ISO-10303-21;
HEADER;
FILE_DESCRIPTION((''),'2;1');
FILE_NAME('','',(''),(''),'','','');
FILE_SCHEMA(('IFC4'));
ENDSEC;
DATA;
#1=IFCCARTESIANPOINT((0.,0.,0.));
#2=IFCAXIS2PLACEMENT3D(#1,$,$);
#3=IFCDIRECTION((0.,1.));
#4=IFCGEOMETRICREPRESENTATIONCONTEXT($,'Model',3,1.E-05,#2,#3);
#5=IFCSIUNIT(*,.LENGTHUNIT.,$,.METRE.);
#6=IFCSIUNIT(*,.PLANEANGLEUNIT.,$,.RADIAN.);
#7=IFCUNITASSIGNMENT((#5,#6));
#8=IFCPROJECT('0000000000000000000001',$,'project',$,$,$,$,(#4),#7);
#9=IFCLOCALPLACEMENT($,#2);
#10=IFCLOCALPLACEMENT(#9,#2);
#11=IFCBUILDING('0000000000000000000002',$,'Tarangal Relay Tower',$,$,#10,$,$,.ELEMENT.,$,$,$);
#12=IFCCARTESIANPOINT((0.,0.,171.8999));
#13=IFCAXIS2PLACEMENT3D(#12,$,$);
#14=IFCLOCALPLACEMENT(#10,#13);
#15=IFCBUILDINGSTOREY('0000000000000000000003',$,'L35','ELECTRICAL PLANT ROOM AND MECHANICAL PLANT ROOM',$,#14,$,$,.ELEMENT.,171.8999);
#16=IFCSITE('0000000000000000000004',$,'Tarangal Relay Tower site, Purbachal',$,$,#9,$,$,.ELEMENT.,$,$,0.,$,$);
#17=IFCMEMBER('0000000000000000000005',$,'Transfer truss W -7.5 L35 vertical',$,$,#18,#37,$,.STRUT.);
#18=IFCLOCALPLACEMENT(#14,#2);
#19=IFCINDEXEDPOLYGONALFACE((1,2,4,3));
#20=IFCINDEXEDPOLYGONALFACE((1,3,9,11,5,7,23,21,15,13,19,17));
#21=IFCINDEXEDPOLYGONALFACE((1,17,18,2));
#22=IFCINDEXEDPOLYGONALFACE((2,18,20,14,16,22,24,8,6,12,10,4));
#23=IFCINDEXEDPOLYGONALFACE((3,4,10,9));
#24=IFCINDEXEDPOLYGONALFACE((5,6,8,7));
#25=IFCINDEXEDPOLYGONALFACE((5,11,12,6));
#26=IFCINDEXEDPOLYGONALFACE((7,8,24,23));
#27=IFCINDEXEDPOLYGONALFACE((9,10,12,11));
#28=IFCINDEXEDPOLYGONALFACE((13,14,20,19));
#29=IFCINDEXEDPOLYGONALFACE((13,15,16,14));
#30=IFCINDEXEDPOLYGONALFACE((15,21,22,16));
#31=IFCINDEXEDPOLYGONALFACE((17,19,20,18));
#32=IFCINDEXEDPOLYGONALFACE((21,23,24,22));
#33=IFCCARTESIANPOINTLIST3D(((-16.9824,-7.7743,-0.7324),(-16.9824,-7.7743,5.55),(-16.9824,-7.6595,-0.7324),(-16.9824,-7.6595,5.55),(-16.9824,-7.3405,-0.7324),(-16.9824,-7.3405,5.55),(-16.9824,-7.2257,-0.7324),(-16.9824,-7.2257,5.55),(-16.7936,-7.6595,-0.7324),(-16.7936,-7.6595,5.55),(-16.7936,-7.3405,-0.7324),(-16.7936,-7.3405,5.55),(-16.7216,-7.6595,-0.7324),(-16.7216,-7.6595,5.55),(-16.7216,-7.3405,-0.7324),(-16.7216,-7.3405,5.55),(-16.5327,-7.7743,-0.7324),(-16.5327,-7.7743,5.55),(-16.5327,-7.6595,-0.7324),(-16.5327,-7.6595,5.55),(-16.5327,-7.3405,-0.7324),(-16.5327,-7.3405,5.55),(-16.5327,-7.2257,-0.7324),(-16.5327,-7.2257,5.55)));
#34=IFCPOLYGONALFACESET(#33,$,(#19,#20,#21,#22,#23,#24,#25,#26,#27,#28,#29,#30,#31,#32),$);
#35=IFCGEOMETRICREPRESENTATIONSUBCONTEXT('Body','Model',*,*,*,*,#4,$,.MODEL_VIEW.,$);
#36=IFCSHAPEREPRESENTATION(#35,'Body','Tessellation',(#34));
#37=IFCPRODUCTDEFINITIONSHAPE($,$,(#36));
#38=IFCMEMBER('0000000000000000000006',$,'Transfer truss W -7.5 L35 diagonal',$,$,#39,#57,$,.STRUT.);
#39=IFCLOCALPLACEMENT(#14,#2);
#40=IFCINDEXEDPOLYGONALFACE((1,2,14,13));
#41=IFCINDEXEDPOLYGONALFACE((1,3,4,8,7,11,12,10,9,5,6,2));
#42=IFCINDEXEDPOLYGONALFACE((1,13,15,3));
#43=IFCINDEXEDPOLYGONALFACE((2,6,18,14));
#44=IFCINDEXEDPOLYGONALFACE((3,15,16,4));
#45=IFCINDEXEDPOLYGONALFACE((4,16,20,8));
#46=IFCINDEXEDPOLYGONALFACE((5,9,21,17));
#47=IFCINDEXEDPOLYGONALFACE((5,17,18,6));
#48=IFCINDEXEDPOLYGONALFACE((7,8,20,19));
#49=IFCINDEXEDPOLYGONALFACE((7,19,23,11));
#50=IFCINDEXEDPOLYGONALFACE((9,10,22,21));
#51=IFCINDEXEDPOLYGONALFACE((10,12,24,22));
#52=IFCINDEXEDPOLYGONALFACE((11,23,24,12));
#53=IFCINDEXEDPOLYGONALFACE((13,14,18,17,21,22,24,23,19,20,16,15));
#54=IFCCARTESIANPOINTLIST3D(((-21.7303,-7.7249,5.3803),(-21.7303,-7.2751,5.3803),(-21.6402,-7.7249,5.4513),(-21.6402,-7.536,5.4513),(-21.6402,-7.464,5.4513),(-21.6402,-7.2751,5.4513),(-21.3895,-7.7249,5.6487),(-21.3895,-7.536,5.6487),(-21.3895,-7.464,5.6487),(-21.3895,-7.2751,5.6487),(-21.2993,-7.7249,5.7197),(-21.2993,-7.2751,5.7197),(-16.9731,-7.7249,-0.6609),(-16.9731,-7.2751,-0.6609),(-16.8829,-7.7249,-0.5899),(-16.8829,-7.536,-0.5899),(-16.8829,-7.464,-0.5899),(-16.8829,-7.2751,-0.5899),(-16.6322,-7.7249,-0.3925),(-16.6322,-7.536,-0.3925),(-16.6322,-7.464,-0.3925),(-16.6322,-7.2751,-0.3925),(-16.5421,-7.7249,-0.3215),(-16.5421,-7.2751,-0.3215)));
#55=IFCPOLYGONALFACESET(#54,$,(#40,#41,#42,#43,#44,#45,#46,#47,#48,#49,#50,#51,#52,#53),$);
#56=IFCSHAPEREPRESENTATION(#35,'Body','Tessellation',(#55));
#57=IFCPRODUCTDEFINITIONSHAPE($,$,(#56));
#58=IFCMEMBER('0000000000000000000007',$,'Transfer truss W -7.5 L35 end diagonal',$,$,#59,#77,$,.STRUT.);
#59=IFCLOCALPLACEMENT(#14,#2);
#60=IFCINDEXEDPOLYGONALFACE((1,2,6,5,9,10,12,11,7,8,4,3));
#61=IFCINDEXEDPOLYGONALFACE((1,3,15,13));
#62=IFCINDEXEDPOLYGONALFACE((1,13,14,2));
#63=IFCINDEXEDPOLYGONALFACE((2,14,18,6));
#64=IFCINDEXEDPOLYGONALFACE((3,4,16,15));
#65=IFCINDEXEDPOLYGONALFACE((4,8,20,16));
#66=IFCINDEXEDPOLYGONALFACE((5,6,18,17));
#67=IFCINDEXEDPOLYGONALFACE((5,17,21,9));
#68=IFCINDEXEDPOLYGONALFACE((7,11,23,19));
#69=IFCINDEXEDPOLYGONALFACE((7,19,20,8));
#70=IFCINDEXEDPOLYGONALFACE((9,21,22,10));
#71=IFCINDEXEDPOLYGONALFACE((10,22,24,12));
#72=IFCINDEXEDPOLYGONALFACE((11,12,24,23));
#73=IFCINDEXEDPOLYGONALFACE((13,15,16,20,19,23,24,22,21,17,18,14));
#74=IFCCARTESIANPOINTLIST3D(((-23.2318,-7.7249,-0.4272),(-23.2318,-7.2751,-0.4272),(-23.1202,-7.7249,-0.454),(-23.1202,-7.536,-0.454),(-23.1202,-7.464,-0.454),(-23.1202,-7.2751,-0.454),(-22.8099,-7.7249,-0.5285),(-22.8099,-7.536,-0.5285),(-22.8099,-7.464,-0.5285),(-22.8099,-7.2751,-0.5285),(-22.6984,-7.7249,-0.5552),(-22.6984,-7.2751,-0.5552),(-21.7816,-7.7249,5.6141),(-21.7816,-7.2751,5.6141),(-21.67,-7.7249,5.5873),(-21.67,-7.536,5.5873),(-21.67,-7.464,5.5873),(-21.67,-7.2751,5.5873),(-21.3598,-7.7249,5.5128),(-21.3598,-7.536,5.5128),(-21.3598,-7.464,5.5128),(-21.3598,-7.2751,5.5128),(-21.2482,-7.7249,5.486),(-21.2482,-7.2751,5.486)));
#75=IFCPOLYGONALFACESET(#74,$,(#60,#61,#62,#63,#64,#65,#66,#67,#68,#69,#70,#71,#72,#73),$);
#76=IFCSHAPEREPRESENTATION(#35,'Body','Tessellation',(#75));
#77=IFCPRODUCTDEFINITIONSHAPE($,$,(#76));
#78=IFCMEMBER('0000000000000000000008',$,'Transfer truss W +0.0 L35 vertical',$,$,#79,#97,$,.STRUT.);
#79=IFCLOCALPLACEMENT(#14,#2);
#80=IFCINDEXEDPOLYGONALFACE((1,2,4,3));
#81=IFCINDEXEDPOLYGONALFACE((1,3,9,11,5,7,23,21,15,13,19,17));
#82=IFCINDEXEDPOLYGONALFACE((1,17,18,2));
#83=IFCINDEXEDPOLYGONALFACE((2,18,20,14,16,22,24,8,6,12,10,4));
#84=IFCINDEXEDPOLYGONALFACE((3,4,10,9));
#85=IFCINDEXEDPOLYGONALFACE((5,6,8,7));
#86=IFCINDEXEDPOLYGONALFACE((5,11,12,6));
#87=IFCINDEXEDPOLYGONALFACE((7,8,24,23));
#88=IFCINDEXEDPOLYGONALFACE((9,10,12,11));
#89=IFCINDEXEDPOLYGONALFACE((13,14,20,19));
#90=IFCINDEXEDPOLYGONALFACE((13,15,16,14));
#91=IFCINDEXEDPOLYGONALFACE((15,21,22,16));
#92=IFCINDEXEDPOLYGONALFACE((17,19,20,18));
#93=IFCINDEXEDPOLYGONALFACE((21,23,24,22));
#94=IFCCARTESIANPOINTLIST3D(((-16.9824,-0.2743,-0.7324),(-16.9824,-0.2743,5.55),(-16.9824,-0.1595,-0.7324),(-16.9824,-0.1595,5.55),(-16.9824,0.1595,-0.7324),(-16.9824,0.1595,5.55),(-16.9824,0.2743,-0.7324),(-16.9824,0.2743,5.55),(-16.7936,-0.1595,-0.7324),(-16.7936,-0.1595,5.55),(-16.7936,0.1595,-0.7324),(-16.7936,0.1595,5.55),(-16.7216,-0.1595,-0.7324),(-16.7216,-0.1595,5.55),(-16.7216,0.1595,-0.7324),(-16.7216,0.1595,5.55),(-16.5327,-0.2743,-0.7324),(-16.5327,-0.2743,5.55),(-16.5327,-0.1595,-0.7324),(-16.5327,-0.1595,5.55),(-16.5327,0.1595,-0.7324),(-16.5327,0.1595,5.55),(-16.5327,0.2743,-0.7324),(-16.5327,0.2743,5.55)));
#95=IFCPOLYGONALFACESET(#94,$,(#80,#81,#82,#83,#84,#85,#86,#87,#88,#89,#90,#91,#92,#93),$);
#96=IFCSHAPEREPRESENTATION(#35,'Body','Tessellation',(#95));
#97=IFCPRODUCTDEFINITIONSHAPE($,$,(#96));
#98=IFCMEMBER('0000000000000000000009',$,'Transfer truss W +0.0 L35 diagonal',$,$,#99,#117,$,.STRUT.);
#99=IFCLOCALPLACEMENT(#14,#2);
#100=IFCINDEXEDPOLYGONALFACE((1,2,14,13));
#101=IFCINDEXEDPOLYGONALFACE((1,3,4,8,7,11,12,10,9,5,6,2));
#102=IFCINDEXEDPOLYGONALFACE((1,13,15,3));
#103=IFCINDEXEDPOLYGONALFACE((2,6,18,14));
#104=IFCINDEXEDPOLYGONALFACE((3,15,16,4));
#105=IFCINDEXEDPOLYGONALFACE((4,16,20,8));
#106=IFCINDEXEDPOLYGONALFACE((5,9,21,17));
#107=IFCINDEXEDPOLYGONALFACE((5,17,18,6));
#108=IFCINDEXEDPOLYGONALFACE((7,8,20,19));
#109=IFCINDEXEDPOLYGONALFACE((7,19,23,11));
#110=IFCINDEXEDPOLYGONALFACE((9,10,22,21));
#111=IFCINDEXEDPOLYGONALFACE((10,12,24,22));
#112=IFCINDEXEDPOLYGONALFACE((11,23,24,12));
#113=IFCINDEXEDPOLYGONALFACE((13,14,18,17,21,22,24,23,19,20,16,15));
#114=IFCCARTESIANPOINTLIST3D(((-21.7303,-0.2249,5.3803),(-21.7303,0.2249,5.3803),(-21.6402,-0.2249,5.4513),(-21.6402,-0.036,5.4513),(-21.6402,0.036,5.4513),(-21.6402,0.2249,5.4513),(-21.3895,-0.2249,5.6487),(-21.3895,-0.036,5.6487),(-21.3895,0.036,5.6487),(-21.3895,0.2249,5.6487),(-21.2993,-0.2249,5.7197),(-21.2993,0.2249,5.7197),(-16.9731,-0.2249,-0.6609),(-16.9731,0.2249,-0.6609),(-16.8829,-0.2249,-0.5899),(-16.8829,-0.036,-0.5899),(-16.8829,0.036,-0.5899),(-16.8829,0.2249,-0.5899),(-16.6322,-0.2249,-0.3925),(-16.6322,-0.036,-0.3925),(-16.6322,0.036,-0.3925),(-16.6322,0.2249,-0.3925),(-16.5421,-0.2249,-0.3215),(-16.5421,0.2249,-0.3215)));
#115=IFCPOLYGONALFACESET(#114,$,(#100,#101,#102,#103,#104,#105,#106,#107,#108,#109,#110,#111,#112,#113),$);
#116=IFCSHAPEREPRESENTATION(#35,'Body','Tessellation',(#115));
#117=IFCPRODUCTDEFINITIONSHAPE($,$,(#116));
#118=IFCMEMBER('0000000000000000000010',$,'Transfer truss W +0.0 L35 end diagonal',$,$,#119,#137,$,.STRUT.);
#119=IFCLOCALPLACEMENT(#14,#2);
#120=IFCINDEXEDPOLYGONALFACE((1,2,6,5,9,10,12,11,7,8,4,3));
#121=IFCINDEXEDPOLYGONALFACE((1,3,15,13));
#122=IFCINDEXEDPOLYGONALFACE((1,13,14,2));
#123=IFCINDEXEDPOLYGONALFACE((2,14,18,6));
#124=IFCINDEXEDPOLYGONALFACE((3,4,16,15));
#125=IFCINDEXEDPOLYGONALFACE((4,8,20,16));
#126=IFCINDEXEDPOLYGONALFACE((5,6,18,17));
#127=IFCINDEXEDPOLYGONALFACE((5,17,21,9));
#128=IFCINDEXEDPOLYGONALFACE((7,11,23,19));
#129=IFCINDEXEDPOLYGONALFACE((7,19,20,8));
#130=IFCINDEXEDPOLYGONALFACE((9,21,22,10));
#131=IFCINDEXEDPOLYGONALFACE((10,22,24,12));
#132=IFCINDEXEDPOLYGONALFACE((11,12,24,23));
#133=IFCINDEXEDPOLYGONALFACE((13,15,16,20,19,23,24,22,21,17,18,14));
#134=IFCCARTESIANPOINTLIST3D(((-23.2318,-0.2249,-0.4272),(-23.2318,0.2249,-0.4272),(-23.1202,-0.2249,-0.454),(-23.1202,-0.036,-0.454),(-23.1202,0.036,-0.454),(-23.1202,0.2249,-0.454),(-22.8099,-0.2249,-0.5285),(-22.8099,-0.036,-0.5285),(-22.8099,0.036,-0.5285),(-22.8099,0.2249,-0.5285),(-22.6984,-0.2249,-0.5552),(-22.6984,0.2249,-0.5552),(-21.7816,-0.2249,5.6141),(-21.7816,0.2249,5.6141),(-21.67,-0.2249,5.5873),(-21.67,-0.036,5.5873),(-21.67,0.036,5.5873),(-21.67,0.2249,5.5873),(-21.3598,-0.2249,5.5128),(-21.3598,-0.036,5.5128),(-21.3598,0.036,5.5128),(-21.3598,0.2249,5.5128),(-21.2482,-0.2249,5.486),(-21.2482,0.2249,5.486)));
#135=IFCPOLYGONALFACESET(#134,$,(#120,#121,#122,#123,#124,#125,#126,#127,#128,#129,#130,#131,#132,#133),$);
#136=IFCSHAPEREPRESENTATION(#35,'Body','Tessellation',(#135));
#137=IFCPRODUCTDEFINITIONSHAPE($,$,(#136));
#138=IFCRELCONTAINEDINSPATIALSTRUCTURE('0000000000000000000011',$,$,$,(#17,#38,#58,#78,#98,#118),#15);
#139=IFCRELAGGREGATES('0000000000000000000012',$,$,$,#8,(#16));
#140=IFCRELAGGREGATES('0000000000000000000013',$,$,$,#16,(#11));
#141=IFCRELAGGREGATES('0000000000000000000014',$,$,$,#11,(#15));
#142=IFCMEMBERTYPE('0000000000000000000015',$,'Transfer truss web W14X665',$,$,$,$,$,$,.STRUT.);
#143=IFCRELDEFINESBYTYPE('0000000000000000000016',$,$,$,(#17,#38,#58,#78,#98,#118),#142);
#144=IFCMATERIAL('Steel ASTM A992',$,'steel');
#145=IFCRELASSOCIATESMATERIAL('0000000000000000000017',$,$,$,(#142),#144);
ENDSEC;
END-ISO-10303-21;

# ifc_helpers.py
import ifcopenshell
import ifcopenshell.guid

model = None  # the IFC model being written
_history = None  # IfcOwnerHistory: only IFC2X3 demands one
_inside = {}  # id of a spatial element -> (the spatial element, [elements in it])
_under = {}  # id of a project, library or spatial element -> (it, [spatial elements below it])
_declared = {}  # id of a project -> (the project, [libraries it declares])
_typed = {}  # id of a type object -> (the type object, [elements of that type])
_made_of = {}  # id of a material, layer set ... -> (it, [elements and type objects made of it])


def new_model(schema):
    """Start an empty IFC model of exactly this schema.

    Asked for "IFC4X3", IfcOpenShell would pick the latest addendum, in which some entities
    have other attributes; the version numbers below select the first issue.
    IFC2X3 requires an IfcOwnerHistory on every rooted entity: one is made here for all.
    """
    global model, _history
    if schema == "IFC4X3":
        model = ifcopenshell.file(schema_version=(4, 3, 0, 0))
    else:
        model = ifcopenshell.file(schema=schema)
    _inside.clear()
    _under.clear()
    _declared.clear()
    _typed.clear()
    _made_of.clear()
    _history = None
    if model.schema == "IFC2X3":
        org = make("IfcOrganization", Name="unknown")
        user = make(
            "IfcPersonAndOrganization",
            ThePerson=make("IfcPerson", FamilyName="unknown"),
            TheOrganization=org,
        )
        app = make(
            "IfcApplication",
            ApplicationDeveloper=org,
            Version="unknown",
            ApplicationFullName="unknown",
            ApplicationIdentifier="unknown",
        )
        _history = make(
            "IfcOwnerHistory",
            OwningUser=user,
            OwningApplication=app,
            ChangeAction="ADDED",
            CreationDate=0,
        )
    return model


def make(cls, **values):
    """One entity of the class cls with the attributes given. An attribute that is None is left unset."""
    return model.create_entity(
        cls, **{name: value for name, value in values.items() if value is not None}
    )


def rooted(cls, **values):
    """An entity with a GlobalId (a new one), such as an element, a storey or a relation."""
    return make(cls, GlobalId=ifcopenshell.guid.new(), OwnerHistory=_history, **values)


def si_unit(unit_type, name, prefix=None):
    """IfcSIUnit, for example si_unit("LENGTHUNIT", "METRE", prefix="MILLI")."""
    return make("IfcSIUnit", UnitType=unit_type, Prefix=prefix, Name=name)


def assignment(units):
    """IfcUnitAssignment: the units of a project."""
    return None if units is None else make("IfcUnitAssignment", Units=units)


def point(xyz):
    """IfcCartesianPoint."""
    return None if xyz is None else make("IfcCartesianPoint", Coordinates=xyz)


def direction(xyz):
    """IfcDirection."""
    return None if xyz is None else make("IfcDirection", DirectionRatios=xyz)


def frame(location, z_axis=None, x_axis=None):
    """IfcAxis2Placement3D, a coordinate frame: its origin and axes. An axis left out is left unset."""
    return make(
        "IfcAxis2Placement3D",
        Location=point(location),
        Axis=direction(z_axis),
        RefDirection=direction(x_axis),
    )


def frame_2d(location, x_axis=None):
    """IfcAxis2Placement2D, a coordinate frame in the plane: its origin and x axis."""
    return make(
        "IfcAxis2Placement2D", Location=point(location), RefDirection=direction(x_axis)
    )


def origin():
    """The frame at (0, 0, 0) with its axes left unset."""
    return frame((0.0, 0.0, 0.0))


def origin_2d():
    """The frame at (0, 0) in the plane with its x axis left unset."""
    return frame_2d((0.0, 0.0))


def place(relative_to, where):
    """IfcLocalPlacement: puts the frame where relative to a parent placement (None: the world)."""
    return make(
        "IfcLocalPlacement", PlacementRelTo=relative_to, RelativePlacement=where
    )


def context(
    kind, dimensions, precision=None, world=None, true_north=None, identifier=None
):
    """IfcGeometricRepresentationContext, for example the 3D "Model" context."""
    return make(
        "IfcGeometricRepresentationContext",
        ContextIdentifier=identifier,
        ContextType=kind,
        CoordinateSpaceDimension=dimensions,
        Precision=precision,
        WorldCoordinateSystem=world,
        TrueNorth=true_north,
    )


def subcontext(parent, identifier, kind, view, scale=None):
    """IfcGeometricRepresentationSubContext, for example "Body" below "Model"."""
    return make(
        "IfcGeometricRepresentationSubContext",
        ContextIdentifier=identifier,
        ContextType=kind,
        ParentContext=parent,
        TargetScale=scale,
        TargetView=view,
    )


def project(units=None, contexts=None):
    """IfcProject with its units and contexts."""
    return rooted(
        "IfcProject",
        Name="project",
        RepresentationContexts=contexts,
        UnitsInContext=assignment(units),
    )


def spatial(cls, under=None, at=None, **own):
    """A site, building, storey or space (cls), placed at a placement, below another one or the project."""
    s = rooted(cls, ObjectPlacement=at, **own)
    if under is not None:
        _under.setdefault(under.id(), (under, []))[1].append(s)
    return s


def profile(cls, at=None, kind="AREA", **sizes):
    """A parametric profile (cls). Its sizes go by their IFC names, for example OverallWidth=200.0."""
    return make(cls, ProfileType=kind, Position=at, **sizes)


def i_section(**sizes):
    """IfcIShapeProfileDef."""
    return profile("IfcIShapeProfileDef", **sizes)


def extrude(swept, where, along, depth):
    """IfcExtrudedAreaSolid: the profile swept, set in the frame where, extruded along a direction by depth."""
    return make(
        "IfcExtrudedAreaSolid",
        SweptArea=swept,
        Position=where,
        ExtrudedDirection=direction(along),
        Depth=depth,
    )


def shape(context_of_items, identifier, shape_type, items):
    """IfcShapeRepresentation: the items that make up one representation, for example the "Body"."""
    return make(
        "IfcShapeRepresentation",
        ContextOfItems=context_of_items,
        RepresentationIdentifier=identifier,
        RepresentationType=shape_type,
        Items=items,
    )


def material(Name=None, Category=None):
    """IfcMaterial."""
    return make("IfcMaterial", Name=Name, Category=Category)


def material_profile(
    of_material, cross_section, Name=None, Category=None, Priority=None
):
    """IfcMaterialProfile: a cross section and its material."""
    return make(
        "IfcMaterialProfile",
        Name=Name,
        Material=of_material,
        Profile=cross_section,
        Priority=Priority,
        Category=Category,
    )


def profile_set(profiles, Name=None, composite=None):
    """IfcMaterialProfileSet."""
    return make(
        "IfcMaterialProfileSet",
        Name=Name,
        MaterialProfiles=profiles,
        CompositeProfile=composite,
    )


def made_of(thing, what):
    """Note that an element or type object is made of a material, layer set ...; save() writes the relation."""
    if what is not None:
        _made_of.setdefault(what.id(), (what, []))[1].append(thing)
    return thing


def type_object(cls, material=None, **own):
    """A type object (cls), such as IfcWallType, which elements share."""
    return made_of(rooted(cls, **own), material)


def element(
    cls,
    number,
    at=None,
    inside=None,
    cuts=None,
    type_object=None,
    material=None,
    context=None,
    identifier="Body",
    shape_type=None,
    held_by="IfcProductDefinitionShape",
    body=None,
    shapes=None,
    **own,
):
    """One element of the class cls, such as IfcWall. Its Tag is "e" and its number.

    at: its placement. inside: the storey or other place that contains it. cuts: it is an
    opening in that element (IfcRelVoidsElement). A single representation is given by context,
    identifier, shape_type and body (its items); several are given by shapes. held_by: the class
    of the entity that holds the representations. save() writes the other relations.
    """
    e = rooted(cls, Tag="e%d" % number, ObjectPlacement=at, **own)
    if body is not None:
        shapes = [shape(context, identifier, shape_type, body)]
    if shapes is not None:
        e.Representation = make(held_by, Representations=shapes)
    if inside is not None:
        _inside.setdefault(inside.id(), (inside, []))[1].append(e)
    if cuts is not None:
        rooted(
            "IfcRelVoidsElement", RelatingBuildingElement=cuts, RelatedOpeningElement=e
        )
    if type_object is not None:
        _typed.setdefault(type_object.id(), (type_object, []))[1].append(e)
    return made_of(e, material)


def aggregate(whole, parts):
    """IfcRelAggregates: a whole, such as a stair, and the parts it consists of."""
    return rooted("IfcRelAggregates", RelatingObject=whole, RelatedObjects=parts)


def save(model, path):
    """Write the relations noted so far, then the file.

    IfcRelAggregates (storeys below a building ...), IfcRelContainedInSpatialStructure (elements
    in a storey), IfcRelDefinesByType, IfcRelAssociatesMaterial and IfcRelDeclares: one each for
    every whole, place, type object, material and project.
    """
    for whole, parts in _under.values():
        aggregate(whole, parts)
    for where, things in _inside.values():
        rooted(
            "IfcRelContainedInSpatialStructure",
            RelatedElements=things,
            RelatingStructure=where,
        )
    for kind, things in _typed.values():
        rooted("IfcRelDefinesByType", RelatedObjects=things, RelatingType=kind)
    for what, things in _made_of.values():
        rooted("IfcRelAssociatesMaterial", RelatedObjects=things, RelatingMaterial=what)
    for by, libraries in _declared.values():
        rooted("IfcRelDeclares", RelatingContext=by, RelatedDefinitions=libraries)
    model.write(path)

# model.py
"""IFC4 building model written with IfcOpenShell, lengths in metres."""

from ifc_helpers import new_model, si_unit, direction, frame, origin, origin_2d, place, context, subcontext, project, spatial, i_section, extrude, material, material_profile, profile_set, type_object, element, save


model = new_model("IFC4")

# Units and contexts
model_context = context("Model", 3, precision=1e-05, world=origin(), true_north=direction((0.0, 1.0)))
body_context = subcontext(model_context, "Body", "Model", "MODEL_VIEW")
ifc_project = project(units=[si_unit("LENGTHUNIT", "METRE"), si_unit("PLANEANGLEUNIT", "RADIAN")], contexts=[model_context])

# Site, building, storey
site_placement = place(None, origin())
site = spatial("IfcSite", under=ifc_project, at=site_placement, Name="Tarangal Relay Tower site, Purbachal", CompositionType="ELEMENT", RefElevation=0.0)
building_placement = place(site_placement, origin())
building = spatial("IfcBuilding", under=site, at=building_placement, Name="Tarangal Relay Tower", CompositionType="ELEMENT")
storey_placement = place(building_placement, frame((0.0, 0.0, 171.8999)))
storey = spatial("IfcBuildingStorey", under=building, at=storey_placement, Name="L35", Description="ELECTRICAL PLANT ROOM AND MECHANICAL PLANT ROOM", CompositionType="ELEMENT", Elevation=171.8999)

# Shared definitions
ifc_material_1 = material(Name="Steel ASTM A992", Category="steel")

# Members
ifc_material_profile_1 = material_profile(ifc_material_1, i_section(OverallWidth=0.4497, OverallDepth=0.5486, WebThickness=0.072, FlangeThickness=0.1147, at=origin_2d()), Name="W14X665")
ifc_profile_set_1 = profile_set([ifc_material_profile_1], Name="Steel ASTM A992")
member_type_1 = type_object("IfcMemberType", Name="Transfer truss web W14X665", PredefinedType="STRUT", material=ifc_profile_set_1)
member_1_placement = place(storey_placement, frame((-16.7576, -7.5, -0.7324), z_axis=(0.0, 0.0, 1.0), x_axis=(1.0, 0.0, 0.0)))
element("IfcMember", 1, at=member_1_placement, inside=storey, type_object=member_type_1, Name="Transfer truss W -7.5 L35 vertical", PredefinedType="STRUT", context=body_context, shape_type="SweptSolid", body=[
    extrude(i_section(OverallWidth=0.4497, OverallDepth=0.5486, WebThickness=0.072, FlangeThickness=0.1147, at=origin_2d()), origin(), (0.0, 0.0, 1.0), 6.2825),
])
member_2_placement = place(storey_placement, frame((-16.7576, -7.5, -0.4912), z_axis=(-0.618675, 0.0, 0.785647), x_axis=(0.0, -1.0, 0.0)))
element("IfcMember", 2, at=member_2_placement, inside=storey, type_object=member_type_1, Name="Transfer truss W -7.5 L35 diagonal", PredefinedType="STRUT", context=body_context, shape_type="SweptSolid", body=[
    extrude(i_section(OverallWidth=0.4497, OverallDepth=0.5486, WebThickness=0.072, FlangeThickness=0.1147, at=origin_2d()), origin(), (0.0, 0.0, 1.0), 7.6895),
])
member_3_placement = place(storey_placement, frame((-22.9651, -7.5, -0.4912), z_axis=(0.233418, 0.0, 0.972377), x_axis=(0.0, 1.0, 0.0)))
element("IfcMember", 3, at=member_3_placement, inside=storey, type_object=member_type_1, Name="Transfer truss W -7.5 L35 end diagonal", PredefinedType="STRUT", context=body_context, shape_type="SweptSolid", body=[
    extrude(i_section(OverallWidth=0.4497, OverallDepth=0.5486, WebThickness=0.072, FlangeThickness=0.1147, at=origin_2d()), origin(), (0.0, 0.0, 1.0), 6.2129),
])
member_4_placement = place(storey_placement, frame((-16.7576, 0.0, -0.7324), z_axis=(0.0, 0.0, 1.0), x_axis=(1.0, 0.0, 0.0)))
element("IfcMember", 4, at=member_4_placement, inside=storey, type_object=member_type_1, Name="Transfer truss W +0.0 L35 vertical", PredefinedType="STRUT", context=body_context, shape_type="SweptSolid", body=[
    extrude(i_section(OverallWidth=0.4497, OverallDepth=0.5486, WebThickness=0.072, FlangeThickness=0.1147, at=origin_2d()), origin(), (0.0, 0.0, 1.0), 6.2825),
])
member_5_placement = place(storey_placement, frame((-16.7576, 0.0, -0.4912), z_axis=(-0.618675, 0.0, 0.785647), x_axis=(0.0, -1.0, 0.0)))
element("IfcMember", 5, at=member_5_placement, inside=storey, type_object=member_type_1, Name="Transfer truss W +0.0 L35 diagonal", PredefinedType="STRUT", context=body_context, shape_type="SweptSolid", body=[
    extrude(i_section(OverallWidth=0.4497, OverallDepth=0.5486, WebThickness=0.072, FlangeThickness=0.1147, at=origin_2d()), origin(), (0.0, 0.0, 1.0), 7.6895),
])
member_6_placement = place(storey_placement, frame((-22.9651, 0.0, -0.4912), z_axis=(0.233418, 0.0, 0.972377), x_axis=(0.0, 1.0, 0.0)))
element("IfcMember", 6, at=member_6_placement, inside=storey, type_object=member_type_1, Name="Transfer truss W +0.0 L35 end diagonal", PredefinedType="STRUT", context=body_context, shape_type="SweptSolid", body=[
    extrude(i_section(OverallWidth=0.4497, OverallDepth=0.5486, WebThickness=0.072, FlangeThickness=0.1147, at=origin_2d()), origin(), (0.0, 0.0, 1.0), 6.2129),
])

save(model, "model.ifc")
